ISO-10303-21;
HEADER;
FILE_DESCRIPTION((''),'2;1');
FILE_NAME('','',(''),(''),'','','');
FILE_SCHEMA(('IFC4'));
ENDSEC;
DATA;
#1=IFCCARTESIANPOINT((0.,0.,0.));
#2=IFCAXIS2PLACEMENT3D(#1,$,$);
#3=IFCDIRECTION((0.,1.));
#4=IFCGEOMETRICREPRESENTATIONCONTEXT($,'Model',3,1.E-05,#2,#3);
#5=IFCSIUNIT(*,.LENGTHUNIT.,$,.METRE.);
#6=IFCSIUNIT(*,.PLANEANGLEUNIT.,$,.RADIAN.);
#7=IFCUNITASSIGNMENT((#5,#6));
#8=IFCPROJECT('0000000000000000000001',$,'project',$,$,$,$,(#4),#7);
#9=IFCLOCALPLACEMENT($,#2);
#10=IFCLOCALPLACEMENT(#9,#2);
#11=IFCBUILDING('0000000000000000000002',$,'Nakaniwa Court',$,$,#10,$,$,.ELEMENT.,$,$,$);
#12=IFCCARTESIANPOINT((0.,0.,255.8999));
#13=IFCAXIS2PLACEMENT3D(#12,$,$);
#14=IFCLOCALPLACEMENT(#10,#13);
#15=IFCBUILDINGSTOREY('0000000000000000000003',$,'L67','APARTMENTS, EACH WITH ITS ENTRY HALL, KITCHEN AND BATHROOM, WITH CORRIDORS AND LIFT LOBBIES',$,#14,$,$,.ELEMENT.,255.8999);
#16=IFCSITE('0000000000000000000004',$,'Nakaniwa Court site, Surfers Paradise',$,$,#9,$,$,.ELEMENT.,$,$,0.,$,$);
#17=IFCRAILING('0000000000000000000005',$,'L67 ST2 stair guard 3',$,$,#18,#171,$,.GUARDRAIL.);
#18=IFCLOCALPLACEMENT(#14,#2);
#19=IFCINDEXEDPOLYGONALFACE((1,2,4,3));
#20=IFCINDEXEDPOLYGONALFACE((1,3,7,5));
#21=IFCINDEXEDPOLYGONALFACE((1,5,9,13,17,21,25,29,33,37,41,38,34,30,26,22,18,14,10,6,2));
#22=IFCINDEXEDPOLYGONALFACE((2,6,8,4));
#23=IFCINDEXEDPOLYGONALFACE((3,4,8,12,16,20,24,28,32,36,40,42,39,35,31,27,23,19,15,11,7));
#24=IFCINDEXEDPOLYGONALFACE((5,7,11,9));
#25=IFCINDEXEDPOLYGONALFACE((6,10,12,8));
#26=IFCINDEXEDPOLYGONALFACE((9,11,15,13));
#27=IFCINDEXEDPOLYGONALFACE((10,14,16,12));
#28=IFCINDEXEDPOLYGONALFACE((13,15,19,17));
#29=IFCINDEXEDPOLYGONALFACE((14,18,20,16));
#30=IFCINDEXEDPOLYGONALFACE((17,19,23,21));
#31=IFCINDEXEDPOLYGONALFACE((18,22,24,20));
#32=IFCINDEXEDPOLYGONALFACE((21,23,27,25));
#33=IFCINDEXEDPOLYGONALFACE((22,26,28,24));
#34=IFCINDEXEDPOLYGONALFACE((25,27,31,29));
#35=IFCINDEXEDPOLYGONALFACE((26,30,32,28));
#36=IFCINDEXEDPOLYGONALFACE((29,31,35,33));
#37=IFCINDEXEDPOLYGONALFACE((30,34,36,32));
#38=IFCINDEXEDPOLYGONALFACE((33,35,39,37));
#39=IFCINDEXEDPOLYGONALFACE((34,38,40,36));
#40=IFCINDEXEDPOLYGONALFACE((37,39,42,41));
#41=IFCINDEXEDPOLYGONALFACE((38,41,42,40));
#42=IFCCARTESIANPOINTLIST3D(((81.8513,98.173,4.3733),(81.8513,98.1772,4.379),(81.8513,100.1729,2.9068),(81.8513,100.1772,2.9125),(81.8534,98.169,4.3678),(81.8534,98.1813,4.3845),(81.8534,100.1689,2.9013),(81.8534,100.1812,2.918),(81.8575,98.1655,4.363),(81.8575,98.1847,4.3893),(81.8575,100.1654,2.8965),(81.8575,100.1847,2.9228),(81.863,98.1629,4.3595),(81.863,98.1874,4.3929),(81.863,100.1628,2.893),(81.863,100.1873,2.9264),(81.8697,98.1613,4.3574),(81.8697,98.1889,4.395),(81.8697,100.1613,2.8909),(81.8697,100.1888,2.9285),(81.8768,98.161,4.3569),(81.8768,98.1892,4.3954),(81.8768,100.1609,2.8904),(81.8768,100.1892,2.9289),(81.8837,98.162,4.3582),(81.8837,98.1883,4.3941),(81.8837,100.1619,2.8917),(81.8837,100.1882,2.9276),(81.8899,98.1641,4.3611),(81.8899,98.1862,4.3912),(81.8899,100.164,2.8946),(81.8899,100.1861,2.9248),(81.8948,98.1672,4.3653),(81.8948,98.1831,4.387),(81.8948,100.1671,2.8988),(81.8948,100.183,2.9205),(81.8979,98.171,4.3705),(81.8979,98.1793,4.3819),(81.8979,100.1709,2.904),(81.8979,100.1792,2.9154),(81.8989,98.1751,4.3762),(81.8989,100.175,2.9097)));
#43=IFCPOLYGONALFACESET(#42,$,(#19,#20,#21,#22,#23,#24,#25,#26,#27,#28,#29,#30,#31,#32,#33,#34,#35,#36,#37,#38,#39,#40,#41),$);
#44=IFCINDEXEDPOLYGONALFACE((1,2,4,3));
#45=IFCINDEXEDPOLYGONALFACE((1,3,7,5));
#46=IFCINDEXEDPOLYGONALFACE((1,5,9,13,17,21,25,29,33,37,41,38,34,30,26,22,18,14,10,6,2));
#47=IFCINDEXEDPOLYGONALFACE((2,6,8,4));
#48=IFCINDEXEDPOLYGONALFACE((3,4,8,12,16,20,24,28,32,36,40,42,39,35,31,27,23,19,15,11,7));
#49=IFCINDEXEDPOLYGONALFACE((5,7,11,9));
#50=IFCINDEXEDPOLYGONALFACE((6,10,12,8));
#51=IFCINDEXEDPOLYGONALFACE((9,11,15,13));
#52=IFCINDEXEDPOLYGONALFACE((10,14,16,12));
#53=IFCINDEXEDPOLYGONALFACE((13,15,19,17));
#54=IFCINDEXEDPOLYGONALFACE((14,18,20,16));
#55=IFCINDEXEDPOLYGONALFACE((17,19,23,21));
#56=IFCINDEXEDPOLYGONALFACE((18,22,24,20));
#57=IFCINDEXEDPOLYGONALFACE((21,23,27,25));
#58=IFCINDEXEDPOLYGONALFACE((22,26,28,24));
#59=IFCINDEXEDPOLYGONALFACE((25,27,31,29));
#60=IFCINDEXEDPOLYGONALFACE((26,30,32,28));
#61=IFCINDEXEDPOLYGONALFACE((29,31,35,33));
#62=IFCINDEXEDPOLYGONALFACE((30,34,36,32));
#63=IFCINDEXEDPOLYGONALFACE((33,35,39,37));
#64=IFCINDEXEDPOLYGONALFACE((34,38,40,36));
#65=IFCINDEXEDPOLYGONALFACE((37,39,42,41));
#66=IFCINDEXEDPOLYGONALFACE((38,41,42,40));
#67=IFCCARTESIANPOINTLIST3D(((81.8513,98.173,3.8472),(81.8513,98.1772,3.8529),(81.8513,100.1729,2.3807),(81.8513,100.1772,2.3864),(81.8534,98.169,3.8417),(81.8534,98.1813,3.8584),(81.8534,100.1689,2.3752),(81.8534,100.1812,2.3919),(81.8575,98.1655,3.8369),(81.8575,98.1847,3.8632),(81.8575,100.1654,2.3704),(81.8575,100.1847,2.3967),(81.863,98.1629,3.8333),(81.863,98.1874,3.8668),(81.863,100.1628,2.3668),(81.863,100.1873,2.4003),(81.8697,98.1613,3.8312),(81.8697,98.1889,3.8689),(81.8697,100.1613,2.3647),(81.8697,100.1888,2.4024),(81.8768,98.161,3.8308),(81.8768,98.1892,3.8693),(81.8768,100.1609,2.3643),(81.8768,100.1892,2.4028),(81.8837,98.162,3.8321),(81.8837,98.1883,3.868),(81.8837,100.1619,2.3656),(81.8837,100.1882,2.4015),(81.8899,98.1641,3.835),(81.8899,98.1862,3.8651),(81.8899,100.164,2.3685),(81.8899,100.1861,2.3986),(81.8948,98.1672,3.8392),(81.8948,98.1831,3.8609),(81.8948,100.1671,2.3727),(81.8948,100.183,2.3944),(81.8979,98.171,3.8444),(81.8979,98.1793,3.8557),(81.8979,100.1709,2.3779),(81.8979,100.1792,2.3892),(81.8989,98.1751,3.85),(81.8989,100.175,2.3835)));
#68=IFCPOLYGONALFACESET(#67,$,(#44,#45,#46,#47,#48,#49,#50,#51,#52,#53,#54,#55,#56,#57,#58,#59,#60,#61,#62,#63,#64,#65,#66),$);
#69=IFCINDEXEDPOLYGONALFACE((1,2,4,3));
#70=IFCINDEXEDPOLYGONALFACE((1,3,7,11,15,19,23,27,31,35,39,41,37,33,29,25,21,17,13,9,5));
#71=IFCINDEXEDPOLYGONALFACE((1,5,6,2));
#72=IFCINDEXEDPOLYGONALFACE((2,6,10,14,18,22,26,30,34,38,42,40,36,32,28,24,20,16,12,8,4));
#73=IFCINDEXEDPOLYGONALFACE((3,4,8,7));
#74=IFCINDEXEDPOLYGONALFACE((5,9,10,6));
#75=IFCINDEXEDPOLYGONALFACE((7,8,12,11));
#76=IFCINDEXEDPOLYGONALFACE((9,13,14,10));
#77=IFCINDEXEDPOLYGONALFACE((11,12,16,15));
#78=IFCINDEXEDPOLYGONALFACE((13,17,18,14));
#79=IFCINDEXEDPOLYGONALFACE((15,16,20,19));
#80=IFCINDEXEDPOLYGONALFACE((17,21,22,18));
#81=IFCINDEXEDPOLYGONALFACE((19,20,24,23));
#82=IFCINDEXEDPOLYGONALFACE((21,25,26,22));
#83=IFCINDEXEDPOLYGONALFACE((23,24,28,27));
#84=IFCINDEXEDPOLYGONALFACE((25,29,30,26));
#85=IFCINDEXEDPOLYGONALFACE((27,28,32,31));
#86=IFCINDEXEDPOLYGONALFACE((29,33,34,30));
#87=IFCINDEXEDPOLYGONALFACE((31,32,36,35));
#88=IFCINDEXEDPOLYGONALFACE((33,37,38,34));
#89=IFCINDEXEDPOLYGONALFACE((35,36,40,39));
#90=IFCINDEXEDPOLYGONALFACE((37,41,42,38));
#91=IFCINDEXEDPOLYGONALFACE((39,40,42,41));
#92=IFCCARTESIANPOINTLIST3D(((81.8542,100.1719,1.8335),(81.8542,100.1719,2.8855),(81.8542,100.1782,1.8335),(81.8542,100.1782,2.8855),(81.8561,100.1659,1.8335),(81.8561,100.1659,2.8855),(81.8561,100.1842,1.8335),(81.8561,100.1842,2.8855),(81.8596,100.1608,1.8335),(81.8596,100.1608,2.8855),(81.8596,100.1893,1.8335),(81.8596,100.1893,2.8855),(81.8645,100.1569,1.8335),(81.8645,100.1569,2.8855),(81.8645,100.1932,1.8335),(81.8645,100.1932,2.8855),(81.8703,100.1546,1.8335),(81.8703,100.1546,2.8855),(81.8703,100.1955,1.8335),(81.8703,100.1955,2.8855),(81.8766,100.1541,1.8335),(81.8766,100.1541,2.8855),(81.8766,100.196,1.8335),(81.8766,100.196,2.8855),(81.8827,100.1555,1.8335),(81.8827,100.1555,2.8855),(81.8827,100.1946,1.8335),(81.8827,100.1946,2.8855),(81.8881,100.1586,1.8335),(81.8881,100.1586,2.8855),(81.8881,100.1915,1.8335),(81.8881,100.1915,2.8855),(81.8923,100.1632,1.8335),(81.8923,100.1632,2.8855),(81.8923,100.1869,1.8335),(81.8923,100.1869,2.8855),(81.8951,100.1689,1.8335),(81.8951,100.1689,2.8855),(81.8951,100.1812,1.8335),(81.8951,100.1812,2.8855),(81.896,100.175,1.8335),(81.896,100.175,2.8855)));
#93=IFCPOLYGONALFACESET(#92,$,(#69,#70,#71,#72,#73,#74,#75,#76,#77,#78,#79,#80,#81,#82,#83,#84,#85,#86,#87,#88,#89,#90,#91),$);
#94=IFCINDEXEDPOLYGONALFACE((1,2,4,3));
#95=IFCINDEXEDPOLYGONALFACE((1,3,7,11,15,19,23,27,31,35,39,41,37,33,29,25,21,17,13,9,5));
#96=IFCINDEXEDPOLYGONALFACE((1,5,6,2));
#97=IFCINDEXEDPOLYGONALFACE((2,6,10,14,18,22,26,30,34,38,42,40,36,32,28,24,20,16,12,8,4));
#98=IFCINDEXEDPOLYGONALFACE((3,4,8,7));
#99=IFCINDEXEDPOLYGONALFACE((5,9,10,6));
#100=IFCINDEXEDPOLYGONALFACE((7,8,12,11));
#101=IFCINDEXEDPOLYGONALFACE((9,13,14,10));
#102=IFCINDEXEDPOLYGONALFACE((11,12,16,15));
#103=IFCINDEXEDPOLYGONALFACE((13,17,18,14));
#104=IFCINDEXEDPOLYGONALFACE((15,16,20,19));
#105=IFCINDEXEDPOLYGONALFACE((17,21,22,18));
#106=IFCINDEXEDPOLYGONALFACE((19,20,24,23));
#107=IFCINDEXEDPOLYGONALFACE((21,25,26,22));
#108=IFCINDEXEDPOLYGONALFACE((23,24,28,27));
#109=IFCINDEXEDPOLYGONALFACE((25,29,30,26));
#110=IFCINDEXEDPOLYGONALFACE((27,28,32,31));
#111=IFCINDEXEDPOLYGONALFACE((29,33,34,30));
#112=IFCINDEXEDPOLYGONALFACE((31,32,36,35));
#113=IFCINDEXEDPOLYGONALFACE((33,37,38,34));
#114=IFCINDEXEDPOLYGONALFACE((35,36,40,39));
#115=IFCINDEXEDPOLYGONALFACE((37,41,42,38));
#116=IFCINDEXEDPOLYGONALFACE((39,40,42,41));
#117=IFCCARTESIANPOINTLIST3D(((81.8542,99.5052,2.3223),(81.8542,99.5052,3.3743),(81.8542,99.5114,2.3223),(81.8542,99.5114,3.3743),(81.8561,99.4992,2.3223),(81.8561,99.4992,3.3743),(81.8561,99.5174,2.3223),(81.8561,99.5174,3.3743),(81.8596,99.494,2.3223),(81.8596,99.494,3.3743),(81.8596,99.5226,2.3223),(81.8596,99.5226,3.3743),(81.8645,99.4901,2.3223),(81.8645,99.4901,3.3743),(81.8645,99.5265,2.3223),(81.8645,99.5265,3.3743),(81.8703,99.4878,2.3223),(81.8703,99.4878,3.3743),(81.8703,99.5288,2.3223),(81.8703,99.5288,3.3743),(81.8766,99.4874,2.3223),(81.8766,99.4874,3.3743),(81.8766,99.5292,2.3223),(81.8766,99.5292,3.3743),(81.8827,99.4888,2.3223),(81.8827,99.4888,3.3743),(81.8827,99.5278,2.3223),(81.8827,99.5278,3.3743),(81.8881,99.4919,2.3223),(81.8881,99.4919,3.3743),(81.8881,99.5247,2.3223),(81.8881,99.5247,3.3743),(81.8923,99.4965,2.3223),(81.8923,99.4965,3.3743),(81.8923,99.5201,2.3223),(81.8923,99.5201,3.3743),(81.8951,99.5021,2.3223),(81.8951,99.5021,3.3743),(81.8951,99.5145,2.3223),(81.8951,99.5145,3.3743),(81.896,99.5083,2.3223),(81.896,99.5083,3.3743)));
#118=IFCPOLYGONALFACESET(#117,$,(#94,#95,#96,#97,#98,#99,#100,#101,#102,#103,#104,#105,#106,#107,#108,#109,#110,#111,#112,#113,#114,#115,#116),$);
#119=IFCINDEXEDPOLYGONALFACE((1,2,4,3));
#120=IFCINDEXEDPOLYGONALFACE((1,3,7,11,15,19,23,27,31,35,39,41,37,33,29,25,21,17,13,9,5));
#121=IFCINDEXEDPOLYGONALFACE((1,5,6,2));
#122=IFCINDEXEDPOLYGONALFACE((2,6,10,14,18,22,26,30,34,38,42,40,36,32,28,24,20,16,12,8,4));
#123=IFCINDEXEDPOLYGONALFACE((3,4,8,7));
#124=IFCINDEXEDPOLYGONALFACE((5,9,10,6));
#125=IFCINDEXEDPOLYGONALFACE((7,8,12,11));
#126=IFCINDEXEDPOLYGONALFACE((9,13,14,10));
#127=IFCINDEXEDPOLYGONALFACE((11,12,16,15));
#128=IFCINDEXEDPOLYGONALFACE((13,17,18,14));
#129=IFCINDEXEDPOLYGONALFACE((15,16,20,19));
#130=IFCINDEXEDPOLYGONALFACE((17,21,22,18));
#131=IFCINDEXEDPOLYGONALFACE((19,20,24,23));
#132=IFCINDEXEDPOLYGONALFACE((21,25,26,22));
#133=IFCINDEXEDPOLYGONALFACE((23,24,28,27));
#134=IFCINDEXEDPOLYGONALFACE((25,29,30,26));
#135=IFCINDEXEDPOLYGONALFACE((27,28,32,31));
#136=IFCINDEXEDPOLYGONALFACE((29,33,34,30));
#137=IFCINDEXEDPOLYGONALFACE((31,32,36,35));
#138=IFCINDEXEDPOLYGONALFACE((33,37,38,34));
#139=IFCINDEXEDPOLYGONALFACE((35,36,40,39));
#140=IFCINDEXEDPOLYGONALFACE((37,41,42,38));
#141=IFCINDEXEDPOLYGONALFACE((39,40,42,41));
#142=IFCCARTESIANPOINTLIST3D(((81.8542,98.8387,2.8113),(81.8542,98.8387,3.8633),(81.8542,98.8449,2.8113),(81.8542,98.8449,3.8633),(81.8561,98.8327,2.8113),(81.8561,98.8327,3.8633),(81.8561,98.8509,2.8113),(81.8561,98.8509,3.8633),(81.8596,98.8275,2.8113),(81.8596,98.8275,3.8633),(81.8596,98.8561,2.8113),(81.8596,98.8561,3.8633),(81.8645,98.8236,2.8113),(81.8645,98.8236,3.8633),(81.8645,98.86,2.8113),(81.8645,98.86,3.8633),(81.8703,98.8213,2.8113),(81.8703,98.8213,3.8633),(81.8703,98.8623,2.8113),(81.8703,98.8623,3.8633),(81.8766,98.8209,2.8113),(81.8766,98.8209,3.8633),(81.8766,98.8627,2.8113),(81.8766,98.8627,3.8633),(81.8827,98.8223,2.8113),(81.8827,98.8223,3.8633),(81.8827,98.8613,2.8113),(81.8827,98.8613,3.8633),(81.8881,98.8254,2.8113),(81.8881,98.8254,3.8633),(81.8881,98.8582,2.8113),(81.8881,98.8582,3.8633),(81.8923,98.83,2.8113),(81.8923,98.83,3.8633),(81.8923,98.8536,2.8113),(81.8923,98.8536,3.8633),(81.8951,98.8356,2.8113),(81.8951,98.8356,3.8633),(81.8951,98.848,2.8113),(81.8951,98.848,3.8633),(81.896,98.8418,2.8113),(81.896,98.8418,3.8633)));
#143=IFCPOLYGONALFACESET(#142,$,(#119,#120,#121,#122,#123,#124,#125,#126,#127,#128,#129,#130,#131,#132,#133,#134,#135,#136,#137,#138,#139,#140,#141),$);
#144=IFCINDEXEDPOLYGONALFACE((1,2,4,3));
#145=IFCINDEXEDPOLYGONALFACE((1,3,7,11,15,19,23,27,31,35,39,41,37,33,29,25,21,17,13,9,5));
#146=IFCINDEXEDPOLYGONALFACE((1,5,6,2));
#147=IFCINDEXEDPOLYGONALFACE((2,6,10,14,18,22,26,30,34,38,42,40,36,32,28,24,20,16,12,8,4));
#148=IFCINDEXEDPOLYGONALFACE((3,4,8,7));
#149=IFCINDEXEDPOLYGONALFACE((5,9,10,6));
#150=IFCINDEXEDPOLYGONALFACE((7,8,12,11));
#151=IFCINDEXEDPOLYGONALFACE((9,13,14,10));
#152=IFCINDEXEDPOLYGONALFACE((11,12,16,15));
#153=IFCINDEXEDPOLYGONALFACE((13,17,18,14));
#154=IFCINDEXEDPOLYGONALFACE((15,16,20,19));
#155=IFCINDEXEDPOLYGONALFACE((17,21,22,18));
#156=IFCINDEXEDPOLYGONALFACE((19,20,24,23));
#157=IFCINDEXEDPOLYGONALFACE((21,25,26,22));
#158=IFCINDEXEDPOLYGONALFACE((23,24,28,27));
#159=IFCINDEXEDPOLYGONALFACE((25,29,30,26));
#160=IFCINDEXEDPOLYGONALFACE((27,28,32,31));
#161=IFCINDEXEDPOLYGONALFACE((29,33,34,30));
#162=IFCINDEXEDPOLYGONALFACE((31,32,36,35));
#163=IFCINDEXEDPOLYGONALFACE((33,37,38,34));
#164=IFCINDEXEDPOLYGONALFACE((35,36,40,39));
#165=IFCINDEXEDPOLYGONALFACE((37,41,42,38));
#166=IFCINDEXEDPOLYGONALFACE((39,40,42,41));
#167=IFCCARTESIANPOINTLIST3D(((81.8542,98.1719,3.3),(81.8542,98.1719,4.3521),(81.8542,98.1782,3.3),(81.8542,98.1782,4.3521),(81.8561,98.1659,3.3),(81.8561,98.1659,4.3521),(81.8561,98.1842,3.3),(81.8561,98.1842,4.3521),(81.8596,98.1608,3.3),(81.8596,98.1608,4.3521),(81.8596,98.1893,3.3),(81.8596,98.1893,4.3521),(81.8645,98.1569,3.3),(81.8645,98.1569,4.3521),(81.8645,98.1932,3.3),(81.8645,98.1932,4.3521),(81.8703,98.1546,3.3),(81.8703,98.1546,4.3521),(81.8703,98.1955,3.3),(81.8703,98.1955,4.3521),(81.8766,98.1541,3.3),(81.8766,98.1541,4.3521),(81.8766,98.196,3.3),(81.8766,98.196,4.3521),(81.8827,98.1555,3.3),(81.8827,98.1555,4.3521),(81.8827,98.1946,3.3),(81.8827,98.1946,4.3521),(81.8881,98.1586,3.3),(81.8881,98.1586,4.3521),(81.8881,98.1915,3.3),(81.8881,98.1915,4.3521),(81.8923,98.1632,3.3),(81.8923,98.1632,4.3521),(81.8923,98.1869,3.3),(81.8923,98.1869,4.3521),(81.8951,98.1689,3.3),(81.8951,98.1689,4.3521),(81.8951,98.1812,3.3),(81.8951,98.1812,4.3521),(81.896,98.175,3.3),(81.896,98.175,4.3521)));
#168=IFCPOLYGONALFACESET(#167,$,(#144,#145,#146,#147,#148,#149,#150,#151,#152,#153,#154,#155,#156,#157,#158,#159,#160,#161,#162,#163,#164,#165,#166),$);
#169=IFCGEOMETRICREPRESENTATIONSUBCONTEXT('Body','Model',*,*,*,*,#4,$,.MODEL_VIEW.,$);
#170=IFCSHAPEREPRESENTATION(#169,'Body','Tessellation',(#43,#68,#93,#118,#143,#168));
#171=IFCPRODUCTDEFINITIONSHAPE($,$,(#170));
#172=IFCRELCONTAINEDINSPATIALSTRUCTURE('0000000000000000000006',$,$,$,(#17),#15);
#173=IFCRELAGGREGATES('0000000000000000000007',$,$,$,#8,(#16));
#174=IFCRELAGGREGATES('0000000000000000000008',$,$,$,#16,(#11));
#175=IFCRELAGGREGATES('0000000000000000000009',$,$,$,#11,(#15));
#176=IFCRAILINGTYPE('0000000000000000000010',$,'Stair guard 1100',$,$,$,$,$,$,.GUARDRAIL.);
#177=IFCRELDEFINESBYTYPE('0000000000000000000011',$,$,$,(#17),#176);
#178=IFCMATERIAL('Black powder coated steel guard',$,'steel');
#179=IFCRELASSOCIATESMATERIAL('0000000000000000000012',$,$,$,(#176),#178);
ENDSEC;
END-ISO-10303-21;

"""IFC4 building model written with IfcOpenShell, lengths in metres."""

from ifc_helpers import new_model, si_unit, direction, frame, origin, origin_2d, place, context, subcontext, project, spatial, circle, extrude, material, type_object, element, save


model = new_model("IFC4")

# Units and contexts
model_context = context("Model", 3, precision=1e-05, world=origin(), true_north=direction((0.0, 1.0)))
body_context = subcontext(model_context, "Body", "Model", "MODEL_VIEW")
ifc_project = project(units=[si_unit("LENGTHUNIT", "METRE"), si_unit("PLANEANGLEUNIT", "RADIAN")], contexts=[model_context])

# Site, building, storey
site_placement = place(None, origin())
site = spatial("IfcSite", under=ifc_project, at=site_placement, Name="Nakaniwa Court site, Surfers Paradise", CompositionType="ELEMENT", RefElevation=0.0)
building_placement = place(site_placement, origin())
building = spatial("IfcBuilding", under=site, at=building_placement, Name="Nakaniwa Court", CompositionType="ELEMENT")
storey_placement = place(building_placement, frame((0.0, 0.0, 255.8999)))
storey = spatial("IfcBuildingStorey", under=building, at=storey_placement, Name="L67", Description="APARTMENTS, EACH WITH ITS ENTRY HALL, KITCHEN AND BATHROOM, WITH CORRIDORS AND LIFT LOBBIES", CompositionType="ELEMENT", Elevation=255.8999)

# Railing
ifc_material_1 = material(Name="Black powder coated steel guard", Category="steel")
railing_type_1 = type_object("IfcRailingType", Name="Stair guard 1100", PredefinedType="GUARDRAIL", material=ifc_material_1)
railing_1_placement = place(storey_placement, frame((81.875, 100.175, 1.8335)))
element("IfcRailing", 1, at=railing_1_placement, inside=storey, type_object=railing_type_1, Name="L67 ST2 stair guard 3", PredefinedType="GUARDRAIL", context=body_context, shape_type="SweptSolid", body=[
    extrude(circle(Radius=0.0239, at=origin_2d()), frame((0.0, 0.0, 1.0762), z_axis=(0.0, -0.806427, 0.591334), x_axis=(1.0, 0.0, 0.0)), (0.0, 0.0, 1.0), 2.48),
    extrude(circle(Radius=0.0239, at=origin_2d()), frame((0.0, 0.0, 0.55), z_axis=(0.0, -0.806427, 0.591334), x_axis=(1.0, 0.0, 0.0)), (0.0, 0.0, 1.0), 2.48),
    extrude(circle(Radius=0.021, at=origin_2d()), origin(), (0.0, 0.0, 1.0), 1.052),
    extrude(circle(Radius=0.021, at=origin_2d()), frame((0.0, -0.6667, 0.4888)), (0.0, 0.0, 1.0), 1.052),
    extrude(circle(Radius=0.021, at=origin_2d()), frame((0.0, -1.3333, 0.9778)), (0.0, 0.0, 1.0), 1.052),
    extrude(circle(Radius=0.021, at=origin_2d()), frame((0.0, -2.0, 1.4666)), (0.0, 0.0, 1.0), 1.052),
])

save(model, "model.ifc")
